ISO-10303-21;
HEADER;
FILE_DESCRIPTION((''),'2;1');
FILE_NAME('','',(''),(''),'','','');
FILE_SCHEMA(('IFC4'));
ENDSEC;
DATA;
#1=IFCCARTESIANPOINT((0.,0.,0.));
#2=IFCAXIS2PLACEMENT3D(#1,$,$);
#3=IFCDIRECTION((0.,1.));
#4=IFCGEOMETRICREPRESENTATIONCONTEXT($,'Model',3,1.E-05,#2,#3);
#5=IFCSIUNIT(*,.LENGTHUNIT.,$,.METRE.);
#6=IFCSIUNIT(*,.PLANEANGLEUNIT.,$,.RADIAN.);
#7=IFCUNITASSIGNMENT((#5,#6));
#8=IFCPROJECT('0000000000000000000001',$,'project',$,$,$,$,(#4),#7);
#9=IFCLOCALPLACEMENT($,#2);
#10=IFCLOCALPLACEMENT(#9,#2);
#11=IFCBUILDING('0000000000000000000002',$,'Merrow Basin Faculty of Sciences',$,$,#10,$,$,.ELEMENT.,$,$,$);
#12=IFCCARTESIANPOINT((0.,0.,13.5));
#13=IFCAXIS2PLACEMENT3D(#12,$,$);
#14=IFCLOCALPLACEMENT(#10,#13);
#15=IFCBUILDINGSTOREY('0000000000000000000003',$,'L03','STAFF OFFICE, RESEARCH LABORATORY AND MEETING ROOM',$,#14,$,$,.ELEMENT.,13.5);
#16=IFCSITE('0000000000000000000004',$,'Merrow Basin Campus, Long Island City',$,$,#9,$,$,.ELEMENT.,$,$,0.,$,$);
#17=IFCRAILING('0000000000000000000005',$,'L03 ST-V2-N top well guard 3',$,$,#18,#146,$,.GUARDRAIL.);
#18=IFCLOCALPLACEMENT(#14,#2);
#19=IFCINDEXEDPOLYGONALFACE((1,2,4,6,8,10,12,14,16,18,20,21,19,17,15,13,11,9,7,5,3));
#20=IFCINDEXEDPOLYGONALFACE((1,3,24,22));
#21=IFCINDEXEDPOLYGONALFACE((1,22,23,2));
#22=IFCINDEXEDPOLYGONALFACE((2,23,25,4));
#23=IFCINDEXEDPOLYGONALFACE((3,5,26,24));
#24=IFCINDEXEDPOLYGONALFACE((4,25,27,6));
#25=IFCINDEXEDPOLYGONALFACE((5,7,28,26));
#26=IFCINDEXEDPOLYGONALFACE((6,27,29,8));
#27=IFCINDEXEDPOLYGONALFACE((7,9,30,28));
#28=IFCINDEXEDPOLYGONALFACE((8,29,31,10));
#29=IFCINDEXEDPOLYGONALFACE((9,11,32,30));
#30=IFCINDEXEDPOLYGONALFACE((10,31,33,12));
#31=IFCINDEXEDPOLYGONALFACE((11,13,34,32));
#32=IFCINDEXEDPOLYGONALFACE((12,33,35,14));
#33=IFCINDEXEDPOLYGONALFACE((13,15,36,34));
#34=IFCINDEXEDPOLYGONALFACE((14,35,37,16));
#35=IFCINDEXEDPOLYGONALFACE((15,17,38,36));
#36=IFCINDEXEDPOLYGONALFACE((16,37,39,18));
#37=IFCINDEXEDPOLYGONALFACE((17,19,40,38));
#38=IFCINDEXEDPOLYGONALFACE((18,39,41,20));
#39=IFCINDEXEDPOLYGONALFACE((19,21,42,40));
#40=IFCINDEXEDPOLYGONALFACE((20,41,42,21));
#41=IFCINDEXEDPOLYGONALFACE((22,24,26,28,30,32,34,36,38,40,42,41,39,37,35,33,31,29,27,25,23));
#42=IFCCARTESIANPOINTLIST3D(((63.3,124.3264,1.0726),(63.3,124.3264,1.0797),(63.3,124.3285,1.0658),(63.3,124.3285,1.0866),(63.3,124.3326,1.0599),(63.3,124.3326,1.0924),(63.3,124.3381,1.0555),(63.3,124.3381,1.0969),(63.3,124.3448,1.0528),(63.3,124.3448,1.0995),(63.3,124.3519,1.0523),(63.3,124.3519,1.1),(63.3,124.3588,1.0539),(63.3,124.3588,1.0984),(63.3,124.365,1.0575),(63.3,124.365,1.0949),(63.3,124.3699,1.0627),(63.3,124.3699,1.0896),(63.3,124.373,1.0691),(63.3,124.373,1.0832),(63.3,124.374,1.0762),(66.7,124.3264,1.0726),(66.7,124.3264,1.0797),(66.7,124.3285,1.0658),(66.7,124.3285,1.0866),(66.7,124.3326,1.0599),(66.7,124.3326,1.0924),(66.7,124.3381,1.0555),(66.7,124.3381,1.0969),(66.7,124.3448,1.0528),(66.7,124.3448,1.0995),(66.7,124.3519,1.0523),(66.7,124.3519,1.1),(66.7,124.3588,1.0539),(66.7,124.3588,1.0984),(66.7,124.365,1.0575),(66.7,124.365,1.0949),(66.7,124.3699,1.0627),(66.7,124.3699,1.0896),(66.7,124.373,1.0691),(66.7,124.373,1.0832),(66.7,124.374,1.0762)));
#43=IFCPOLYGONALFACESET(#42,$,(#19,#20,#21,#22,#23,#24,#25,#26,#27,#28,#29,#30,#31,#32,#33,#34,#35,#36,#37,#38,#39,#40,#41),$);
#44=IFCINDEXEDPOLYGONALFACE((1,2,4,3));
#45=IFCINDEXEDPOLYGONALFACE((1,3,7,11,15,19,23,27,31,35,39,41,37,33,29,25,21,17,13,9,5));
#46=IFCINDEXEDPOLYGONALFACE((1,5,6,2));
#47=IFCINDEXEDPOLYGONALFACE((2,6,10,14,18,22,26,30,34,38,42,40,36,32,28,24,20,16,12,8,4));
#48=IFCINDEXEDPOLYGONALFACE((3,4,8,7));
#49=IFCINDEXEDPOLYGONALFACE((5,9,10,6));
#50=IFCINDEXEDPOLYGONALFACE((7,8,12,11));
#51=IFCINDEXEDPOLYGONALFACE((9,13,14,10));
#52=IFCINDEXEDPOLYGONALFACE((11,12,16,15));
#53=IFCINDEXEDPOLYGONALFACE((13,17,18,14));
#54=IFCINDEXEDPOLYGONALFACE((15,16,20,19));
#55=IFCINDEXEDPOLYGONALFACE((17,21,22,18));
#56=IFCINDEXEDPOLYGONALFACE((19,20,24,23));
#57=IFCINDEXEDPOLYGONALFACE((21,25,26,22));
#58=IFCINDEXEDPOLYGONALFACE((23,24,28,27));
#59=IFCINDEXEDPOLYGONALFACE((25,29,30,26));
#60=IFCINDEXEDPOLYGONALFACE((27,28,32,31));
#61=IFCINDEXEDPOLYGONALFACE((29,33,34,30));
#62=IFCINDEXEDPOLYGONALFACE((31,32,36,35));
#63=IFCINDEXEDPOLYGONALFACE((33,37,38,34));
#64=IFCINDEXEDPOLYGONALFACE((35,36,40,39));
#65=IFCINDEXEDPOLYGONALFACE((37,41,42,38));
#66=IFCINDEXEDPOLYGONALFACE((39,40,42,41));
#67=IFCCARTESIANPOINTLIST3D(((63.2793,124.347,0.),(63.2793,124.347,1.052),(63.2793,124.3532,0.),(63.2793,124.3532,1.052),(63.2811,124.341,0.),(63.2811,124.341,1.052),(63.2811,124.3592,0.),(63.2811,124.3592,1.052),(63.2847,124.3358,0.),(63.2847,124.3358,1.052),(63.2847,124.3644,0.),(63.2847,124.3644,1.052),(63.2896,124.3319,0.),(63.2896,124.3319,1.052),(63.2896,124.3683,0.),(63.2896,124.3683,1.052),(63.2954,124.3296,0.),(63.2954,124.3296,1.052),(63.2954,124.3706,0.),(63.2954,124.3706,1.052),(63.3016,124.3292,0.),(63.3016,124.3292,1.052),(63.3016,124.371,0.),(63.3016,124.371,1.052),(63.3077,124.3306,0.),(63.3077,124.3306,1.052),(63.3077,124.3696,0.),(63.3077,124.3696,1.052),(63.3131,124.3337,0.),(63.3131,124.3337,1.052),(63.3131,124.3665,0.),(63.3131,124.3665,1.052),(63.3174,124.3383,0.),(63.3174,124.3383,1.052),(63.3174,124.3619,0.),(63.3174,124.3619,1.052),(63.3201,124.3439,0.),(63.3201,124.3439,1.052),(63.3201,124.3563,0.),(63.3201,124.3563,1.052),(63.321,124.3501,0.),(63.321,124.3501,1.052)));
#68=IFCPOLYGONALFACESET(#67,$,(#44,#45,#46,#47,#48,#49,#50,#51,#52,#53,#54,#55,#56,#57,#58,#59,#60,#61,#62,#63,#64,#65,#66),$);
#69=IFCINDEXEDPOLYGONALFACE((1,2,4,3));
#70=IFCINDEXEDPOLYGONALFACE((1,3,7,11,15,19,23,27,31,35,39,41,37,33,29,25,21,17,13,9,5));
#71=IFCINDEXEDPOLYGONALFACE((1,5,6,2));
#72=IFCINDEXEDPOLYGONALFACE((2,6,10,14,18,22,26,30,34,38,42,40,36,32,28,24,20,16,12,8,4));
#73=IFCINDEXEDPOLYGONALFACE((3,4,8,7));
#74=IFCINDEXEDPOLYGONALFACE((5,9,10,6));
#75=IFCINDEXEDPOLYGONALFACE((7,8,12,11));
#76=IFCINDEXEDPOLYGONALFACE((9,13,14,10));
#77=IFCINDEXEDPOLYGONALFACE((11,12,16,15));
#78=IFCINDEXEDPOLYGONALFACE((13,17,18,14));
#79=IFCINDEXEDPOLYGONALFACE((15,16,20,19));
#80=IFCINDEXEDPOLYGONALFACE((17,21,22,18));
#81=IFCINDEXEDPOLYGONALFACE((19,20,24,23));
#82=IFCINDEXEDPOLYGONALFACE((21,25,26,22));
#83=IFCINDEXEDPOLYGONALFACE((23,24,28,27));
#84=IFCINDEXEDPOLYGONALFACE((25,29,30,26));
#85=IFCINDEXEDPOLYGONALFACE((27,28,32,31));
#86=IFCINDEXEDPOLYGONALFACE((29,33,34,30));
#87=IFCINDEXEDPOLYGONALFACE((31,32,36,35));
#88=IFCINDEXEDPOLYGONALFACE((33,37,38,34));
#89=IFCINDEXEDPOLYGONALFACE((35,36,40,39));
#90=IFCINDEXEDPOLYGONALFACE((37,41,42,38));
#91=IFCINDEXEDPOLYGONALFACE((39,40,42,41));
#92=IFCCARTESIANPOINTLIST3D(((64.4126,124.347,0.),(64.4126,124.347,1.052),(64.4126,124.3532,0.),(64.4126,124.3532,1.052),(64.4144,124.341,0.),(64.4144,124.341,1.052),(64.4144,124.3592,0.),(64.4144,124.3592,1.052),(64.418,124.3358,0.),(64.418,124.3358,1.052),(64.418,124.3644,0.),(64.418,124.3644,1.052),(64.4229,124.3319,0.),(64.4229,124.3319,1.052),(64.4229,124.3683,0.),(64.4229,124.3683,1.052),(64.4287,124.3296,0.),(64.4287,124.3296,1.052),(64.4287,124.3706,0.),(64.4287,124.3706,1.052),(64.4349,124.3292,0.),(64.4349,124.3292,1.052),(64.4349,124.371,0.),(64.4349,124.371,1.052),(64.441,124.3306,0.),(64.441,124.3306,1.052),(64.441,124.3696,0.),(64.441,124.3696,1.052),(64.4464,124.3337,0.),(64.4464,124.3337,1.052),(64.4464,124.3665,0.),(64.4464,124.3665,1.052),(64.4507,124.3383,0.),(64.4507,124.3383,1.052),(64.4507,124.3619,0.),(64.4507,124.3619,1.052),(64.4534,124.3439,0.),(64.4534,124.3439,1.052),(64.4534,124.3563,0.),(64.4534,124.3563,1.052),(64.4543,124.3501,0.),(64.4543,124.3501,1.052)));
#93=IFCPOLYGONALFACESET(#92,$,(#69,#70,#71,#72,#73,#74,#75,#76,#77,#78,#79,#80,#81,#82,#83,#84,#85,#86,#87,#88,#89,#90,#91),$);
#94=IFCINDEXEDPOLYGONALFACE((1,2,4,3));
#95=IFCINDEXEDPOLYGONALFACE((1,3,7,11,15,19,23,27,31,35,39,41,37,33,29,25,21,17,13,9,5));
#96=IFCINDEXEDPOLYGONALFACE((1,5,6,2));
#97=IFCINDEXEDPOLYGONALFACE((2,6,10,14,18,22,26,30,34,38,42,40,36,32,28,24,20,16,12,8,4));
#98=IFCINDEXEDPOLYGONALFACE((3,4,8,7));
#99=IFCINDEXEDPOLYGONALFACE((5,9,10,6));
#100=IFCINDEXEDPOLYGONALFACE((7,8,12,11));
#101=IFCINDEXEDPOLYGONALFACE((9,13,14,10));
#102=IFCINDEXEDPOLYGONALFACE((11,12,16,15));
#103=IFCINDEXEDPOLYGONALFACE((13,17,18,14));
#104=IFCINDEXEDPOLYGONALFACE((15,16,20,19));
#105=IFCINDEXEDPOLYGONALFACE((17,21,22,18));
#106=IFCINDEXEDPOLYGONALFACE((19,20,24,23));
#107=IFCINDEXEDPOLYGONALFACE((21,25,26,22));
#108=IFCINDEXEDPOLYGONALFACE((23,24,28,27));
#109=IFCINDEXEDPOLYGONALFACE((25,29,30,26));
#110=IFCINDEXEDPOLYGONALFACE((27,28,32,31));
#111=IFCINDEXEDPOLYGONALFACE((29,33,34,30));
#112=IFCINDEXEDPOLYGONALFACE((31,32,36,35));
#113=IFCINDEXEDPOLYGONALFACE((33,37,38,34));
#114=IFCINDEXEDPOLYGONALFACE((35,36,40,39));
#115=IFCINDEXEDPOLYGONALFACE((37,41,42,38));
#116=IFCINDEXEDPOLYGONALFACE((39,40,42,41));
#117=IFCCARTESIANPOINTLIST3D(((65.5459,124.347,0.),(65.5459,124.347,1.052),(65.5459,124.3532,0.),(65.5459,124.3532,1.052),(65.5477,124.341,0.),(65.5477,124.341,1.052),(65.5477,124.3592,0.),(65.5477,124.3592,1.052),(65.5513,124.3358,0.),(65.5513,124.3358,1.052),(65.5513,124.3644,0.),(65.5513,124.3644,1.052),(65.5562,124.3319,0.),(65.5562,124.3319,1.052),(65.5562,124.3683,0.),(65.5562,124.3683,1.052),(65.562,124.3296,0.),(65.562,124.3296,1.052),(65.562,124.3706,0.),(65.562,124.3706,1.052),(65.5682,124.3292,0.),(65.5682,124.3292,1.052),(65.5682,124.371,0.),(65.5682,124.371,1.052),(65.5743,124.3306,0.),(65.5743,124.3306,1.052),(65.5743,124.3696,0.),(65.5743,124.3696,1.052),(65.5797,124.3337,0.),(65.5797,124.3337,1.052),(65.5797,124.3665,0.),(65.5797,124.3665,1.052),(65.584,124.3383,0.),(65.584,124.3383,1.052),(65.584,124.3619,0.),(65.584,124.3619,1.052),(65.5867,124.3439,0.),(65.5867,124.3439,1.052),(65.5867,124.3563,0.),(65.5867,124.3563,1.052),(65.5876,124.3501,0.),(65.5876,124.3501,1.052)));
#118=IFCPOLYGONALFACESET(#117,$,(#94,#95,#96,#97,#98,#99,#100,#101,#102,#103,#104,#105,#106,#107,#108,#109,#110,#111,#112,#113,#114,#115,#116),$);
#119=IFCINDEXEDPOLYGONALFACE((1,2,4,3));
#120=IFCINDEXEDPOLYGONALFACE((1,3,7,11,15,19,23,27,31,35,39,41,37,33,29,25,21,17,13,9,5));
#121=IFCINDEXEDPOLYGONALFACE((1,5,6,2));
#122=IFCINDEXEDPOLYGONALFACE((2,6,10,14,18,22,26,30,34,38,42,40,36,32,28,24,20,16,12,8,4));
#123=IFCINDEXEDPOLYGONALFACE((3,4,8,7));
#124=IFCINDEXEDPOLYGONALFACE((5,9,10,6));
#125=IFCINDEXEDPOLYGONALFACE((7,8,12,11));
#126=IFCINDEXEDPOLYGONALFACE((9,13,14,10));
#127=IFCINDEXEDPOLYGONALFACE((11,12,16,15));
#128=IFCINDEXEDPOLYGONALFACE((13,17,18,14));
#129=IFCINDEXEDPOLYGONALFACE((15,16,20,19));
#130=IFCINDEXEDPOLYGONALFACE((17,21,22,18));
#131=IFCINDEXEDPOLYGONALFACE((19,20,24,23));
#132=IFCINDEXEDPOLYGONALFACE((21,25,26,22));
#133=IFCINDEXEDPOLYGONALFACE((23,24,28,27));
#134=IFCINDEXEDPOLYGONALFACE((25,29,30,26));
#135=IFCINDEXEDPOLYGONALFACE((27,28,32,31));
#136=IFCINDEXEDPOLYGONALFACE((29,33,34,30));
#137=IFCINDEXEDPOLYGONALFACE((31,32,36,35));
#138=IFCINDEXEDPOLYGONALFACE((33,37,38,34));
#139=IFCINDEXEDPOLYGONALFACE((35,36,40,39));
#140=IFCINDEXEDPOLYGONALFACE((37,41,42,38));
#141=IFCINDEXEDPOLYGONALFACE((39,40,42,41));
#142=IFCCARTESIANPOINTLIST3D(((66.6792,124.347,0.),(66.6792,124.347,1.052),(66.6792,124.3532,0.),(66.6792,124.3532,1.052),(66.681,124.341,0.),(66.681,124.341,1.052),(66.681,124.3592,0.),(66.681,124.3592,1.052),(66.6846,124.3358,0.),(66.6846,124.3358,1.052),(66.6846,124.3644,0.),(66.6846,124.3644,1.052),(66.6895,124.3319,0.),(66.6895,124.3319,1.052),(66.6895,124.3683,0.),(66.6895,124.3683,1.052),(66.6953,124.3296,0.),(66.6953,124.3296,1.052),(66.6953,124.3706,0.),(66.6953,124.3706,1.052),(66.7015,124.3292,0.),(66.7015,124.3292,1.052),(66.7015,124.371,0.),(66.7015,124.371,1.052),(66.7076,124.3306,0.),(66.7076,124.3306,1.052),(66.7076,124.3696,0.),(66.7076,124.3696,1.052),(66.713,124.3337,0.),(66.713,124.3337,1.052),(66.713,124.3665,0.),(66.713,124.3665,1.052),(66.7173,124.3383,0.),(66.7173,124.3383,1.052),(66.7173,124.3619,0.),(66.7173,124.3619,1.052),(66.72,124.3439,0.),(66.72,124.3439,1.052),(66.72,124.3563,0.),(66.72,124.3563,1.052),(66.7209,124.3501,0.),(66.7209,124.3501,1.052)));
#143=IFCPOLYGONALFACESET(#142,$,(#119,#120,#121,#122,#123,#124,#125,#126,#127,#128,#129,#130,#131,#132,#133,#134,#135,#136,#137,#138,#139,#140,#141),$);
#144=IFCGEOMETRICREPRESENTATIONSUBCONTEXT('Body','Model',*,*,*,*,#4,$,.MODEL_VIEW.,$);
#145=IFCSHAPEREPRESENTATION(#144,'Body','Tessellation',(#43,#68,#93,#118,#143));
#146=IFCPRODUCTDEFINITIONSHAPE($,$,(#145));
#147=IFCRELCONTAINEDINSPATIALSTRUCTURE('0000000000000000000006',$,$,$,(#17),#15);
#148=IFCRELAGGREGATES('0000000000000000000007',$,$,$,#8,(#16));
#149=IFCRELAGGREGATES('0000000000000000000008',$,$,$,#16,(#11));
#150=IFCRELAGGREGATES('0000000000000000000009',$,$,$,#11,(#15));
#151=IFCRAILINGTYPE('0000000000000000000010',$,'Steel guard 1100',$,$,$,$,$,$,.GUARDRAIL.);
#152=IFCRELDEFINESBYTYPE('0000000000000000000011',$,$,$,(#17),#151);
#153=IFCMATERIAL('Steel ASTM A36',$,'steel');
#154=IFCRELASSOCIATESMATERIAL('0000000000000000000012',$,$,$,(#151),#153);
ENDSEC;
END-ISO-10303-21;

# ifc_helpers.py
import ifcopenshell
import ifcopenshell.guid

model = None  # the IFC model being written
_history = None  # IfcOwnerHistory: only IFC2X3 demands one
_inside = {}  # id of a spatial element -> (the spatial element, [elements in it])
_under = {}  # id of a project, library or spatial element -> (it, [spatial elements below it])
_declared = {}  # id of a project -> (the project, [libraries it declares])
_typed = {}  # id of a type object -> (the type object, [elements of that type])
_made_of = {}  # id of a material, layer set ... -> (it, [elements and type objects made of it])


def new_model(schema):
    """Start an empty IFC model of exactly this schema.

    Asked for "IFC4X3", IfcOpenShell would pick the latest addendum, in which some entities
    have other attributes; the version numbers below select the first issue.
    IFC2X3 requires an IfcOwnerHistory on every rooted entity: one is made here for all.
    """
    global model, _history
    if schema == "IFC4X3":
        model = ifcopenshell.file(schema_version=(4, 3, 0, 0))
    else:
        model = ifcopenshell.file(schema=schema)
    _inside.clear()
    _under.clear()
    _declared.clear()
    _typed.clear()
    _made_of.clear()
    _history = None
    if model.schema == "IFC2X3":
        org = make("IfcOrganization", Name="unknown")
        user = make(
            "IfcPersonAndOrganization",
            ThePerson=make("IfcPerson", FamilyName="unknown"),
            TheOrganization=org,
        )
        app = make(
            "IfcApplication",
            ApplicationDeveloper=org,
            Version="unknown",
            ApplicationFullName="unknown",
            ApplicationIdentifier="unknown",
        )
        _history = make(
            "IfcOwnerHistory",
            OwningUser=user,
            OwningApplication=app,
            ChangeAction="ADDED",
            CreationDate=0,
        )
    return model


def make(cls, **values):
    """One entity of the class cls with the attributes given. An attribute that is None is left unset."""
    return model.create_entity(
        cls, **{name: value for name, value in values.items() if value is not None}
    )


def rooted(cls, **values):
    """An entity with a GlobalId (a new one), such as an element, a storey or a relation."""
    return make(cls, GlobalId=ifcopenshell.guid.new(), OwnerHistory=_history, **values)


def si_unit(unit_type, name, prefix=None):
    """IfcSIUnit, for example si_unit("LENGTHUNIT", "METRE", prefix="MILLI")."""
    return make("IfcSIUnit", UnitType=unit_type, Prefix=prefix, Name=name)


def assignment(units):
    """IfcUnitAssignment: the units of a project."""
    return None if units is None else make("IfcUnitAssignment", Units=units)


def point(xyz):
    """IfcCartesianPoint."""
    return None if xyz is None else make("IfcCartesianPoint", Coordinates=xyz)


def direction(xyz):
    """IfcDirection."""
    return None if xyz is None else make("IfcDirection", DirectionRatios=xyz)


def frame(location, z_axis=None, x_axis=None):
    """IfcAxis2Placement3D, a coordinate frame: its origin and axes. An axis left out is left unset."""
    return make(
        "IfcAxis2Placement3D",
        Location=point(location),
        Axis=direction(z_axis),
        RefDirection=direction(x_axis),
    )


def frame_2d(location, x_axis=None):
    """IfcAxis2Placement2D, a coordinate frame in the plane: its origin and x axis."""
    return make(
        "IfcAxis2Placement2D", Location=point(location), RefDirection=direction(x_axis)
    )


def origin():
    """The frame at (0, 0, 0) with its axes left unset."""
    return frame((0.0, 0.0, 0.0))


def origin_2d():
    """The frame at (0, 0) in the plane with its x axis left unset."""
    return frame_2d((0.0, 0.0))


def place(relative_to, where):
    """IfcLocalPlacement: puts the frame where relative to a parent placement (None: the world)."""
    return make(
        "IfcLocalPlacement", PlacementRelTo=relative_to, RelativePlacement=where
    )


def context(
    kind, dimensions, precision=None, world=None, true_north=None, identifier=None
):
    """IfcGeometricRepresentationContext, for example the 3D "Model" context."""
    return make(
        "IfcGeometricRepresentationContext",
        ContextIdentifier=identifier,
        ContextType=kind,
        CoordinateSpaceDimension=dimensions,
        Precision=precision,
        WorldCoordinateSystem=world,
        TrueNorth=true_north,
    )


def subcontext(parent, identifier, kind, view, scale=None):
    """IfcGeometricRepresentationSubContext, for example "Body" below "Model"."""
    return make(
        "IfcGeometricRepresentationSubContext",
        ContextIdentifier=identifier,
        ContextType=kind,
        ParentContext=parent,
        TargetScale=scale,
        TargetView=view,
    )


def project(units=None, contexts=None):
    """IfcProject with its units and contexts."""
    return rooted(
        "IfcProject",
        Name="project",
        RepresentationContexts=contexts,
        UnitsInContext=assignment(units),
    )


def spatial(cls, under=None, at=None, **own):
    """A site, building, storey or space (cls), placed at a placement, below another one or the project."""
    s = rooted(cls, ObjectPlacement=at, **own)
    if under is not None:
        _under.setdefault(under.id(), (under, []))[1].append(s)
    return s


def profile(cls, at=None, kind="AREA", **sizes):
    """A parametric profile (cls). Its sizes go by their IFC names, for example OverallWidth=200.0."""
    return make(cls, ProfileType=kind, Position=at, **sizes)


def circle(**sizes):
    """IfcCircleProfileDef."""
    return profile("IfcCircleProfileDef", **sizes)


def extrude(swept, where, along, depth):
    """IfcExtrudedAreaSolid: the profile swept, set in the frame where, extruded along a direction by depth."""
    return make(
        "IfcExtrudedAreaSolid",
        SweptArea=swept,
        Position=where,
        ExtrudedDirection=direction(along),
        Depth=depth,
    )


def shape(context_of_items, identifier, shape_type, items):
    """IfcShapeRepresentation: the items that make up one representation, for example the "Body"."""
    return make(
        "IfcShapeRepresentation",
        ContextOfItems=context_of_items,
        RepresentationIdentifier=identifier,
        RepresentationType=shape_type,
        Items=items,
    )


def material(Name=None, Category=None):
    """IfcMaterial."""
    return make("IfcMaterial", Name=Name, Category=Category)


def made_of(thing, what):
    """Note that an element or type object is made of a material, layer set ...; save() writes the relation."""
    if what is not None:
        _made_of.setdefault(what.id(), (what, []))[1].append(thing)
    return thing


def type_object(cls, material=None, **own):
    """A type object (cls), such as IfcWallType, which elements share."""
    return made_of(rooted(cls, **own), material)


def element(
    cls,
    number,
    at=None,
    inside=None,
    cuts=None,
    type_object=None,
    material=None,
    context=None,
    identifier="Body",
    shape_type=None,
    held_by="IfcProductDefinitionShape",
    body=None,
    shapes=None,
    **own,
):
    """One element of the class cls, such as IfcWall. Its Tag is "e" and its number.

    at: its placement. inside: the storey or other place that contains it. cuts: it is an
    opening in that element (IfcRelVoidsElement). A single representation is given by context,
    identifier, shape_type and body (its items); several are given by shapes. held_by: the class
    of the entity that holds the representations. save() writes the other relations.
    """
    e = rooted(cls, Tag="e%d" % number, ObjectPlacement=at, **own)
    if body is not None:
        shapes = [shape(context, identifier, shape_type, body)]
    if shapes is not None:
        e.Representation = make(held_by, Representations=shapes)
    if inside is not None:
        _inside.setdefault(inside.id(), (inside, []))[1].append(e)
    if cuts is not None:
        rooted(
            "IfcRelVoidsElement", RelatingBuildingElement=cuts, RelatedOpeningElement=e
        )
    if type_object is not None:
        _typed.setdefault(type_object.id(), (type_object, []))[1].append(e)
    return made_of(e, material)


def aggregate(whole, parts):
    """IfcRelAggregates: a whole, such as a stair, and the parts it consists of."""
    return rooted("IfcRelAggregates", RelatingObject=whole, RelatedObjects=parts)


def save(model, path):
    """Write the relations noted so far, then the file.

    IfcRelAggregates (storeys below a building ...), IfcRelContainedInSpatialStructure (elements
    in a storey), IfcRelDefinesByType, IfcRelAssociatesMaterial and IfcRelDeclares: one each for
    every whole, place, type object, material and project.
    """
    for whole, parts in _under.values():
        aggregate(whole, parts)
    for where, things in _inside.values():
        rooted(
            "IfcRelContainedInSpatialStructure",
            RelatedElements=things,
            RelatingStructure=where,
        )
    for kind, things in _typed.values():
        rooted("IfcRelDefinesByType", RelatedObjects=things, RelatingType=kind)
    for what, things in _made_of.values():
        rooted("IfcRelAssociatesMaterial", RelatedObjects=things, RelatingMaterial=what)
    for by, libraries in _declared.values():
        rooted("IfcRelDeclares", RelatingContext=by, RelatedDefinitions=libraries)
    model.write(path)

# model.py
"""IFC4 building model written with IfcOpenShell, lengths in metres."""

from ifc_helpers import new_model, si_unit, direction, frame, origin, origin_2d, place, context, subcontext, project, spatial, circle, extrude, material, type_object, element, save


model = new_model("IFC4")

# Units and contexts
model_context = context("Model", 3, precision=1e-05, world=origin(), true_north=direction((0.0, 1.0)))
body_context = subcontext(model_context, "Body", "Model", "MODEL_VIEW")
ifc_project = project(units=[si_unit("LENGTHUNIT", "METRE"), si_unit("PLANEANGLEUNIT", "RADIAN")], contexts=[model_context])

# Site, building, storey
site_placement = place(None, origin())
site = spatial("IfcSite", under=ifc_project, at=site_placement, Name="Merrow Basin Campus, Long Island City", CompositionType="ELEMENT", RefElevation=0.0)
building_placement = place(site_placement, origin())
building = spatial("IfcBuilding", under=site, at=building_placement, Name="Merrow Basin Faculty of Sciences", CompositionType="ELEMENT")
storey_placement = place(building_placement, frame((0.0, 0.0, 13.5)))
storey = spatial("IfcBuildingStorey", under=building, at=storey_placement, Name="L03", Description="STAFF OFFICE, RESEARCH LABORATORY AND MEETING ROOM", CompositionType="ELEMENT", Elevation=13.5)

# Railing
ifc_material_1 = material(Name="Steel ASTM A36", Category="steel")
railing_type_1 = type_object("IfcRailingType", Name="Steel guard 1100", PredefinedType="GUARDRAIL", material=ifc_material_1)
railing_1_placement = place(storey_placement, frame((63.3, 124.3501, 0.0)))
element("IfcRailing", 1, at=railing_1_placement, inside=storey, type_object=railing_type_1, Name="L03 ST-V2-N top well guard 3", PredefinedType="GUARDRAIL", context=body_context, shape_type="SweptSolid", body=[
    extrude(circle(Radius=0.0239, at=origin_2d()), frame((0.0, 0.0, 1.0762), z_axis=(1.0, 0.0, 0.0), x_axis=(0.0, 1.0, 0.0)), (0.0, 0.0, 1.0), 3.3999),
    extrude(circle(Radius=0.021, at=origin_2d()), origin(), (0.0, 0.0, 1.0), 1.052),
    extrude(circle(Radius=0.021, at=origin_2d()), frame((1.1333, 0.0, 0.0)), (0.0, 0.0, 1.0), 1.052),
    extrude(circle(Radius=0.021, at=origin_2d()), frame((2.2666, 0.0, 0.0)), (0.0, 0.0, 1.0), 1.052),
    extrude(circle(Radius=0.021, at=origin_2d()), frame((3.3999, 0.0, 0.0)), (0.0, 0.0, 1.0), 1.052),
])

save(model, "model.ifc")
